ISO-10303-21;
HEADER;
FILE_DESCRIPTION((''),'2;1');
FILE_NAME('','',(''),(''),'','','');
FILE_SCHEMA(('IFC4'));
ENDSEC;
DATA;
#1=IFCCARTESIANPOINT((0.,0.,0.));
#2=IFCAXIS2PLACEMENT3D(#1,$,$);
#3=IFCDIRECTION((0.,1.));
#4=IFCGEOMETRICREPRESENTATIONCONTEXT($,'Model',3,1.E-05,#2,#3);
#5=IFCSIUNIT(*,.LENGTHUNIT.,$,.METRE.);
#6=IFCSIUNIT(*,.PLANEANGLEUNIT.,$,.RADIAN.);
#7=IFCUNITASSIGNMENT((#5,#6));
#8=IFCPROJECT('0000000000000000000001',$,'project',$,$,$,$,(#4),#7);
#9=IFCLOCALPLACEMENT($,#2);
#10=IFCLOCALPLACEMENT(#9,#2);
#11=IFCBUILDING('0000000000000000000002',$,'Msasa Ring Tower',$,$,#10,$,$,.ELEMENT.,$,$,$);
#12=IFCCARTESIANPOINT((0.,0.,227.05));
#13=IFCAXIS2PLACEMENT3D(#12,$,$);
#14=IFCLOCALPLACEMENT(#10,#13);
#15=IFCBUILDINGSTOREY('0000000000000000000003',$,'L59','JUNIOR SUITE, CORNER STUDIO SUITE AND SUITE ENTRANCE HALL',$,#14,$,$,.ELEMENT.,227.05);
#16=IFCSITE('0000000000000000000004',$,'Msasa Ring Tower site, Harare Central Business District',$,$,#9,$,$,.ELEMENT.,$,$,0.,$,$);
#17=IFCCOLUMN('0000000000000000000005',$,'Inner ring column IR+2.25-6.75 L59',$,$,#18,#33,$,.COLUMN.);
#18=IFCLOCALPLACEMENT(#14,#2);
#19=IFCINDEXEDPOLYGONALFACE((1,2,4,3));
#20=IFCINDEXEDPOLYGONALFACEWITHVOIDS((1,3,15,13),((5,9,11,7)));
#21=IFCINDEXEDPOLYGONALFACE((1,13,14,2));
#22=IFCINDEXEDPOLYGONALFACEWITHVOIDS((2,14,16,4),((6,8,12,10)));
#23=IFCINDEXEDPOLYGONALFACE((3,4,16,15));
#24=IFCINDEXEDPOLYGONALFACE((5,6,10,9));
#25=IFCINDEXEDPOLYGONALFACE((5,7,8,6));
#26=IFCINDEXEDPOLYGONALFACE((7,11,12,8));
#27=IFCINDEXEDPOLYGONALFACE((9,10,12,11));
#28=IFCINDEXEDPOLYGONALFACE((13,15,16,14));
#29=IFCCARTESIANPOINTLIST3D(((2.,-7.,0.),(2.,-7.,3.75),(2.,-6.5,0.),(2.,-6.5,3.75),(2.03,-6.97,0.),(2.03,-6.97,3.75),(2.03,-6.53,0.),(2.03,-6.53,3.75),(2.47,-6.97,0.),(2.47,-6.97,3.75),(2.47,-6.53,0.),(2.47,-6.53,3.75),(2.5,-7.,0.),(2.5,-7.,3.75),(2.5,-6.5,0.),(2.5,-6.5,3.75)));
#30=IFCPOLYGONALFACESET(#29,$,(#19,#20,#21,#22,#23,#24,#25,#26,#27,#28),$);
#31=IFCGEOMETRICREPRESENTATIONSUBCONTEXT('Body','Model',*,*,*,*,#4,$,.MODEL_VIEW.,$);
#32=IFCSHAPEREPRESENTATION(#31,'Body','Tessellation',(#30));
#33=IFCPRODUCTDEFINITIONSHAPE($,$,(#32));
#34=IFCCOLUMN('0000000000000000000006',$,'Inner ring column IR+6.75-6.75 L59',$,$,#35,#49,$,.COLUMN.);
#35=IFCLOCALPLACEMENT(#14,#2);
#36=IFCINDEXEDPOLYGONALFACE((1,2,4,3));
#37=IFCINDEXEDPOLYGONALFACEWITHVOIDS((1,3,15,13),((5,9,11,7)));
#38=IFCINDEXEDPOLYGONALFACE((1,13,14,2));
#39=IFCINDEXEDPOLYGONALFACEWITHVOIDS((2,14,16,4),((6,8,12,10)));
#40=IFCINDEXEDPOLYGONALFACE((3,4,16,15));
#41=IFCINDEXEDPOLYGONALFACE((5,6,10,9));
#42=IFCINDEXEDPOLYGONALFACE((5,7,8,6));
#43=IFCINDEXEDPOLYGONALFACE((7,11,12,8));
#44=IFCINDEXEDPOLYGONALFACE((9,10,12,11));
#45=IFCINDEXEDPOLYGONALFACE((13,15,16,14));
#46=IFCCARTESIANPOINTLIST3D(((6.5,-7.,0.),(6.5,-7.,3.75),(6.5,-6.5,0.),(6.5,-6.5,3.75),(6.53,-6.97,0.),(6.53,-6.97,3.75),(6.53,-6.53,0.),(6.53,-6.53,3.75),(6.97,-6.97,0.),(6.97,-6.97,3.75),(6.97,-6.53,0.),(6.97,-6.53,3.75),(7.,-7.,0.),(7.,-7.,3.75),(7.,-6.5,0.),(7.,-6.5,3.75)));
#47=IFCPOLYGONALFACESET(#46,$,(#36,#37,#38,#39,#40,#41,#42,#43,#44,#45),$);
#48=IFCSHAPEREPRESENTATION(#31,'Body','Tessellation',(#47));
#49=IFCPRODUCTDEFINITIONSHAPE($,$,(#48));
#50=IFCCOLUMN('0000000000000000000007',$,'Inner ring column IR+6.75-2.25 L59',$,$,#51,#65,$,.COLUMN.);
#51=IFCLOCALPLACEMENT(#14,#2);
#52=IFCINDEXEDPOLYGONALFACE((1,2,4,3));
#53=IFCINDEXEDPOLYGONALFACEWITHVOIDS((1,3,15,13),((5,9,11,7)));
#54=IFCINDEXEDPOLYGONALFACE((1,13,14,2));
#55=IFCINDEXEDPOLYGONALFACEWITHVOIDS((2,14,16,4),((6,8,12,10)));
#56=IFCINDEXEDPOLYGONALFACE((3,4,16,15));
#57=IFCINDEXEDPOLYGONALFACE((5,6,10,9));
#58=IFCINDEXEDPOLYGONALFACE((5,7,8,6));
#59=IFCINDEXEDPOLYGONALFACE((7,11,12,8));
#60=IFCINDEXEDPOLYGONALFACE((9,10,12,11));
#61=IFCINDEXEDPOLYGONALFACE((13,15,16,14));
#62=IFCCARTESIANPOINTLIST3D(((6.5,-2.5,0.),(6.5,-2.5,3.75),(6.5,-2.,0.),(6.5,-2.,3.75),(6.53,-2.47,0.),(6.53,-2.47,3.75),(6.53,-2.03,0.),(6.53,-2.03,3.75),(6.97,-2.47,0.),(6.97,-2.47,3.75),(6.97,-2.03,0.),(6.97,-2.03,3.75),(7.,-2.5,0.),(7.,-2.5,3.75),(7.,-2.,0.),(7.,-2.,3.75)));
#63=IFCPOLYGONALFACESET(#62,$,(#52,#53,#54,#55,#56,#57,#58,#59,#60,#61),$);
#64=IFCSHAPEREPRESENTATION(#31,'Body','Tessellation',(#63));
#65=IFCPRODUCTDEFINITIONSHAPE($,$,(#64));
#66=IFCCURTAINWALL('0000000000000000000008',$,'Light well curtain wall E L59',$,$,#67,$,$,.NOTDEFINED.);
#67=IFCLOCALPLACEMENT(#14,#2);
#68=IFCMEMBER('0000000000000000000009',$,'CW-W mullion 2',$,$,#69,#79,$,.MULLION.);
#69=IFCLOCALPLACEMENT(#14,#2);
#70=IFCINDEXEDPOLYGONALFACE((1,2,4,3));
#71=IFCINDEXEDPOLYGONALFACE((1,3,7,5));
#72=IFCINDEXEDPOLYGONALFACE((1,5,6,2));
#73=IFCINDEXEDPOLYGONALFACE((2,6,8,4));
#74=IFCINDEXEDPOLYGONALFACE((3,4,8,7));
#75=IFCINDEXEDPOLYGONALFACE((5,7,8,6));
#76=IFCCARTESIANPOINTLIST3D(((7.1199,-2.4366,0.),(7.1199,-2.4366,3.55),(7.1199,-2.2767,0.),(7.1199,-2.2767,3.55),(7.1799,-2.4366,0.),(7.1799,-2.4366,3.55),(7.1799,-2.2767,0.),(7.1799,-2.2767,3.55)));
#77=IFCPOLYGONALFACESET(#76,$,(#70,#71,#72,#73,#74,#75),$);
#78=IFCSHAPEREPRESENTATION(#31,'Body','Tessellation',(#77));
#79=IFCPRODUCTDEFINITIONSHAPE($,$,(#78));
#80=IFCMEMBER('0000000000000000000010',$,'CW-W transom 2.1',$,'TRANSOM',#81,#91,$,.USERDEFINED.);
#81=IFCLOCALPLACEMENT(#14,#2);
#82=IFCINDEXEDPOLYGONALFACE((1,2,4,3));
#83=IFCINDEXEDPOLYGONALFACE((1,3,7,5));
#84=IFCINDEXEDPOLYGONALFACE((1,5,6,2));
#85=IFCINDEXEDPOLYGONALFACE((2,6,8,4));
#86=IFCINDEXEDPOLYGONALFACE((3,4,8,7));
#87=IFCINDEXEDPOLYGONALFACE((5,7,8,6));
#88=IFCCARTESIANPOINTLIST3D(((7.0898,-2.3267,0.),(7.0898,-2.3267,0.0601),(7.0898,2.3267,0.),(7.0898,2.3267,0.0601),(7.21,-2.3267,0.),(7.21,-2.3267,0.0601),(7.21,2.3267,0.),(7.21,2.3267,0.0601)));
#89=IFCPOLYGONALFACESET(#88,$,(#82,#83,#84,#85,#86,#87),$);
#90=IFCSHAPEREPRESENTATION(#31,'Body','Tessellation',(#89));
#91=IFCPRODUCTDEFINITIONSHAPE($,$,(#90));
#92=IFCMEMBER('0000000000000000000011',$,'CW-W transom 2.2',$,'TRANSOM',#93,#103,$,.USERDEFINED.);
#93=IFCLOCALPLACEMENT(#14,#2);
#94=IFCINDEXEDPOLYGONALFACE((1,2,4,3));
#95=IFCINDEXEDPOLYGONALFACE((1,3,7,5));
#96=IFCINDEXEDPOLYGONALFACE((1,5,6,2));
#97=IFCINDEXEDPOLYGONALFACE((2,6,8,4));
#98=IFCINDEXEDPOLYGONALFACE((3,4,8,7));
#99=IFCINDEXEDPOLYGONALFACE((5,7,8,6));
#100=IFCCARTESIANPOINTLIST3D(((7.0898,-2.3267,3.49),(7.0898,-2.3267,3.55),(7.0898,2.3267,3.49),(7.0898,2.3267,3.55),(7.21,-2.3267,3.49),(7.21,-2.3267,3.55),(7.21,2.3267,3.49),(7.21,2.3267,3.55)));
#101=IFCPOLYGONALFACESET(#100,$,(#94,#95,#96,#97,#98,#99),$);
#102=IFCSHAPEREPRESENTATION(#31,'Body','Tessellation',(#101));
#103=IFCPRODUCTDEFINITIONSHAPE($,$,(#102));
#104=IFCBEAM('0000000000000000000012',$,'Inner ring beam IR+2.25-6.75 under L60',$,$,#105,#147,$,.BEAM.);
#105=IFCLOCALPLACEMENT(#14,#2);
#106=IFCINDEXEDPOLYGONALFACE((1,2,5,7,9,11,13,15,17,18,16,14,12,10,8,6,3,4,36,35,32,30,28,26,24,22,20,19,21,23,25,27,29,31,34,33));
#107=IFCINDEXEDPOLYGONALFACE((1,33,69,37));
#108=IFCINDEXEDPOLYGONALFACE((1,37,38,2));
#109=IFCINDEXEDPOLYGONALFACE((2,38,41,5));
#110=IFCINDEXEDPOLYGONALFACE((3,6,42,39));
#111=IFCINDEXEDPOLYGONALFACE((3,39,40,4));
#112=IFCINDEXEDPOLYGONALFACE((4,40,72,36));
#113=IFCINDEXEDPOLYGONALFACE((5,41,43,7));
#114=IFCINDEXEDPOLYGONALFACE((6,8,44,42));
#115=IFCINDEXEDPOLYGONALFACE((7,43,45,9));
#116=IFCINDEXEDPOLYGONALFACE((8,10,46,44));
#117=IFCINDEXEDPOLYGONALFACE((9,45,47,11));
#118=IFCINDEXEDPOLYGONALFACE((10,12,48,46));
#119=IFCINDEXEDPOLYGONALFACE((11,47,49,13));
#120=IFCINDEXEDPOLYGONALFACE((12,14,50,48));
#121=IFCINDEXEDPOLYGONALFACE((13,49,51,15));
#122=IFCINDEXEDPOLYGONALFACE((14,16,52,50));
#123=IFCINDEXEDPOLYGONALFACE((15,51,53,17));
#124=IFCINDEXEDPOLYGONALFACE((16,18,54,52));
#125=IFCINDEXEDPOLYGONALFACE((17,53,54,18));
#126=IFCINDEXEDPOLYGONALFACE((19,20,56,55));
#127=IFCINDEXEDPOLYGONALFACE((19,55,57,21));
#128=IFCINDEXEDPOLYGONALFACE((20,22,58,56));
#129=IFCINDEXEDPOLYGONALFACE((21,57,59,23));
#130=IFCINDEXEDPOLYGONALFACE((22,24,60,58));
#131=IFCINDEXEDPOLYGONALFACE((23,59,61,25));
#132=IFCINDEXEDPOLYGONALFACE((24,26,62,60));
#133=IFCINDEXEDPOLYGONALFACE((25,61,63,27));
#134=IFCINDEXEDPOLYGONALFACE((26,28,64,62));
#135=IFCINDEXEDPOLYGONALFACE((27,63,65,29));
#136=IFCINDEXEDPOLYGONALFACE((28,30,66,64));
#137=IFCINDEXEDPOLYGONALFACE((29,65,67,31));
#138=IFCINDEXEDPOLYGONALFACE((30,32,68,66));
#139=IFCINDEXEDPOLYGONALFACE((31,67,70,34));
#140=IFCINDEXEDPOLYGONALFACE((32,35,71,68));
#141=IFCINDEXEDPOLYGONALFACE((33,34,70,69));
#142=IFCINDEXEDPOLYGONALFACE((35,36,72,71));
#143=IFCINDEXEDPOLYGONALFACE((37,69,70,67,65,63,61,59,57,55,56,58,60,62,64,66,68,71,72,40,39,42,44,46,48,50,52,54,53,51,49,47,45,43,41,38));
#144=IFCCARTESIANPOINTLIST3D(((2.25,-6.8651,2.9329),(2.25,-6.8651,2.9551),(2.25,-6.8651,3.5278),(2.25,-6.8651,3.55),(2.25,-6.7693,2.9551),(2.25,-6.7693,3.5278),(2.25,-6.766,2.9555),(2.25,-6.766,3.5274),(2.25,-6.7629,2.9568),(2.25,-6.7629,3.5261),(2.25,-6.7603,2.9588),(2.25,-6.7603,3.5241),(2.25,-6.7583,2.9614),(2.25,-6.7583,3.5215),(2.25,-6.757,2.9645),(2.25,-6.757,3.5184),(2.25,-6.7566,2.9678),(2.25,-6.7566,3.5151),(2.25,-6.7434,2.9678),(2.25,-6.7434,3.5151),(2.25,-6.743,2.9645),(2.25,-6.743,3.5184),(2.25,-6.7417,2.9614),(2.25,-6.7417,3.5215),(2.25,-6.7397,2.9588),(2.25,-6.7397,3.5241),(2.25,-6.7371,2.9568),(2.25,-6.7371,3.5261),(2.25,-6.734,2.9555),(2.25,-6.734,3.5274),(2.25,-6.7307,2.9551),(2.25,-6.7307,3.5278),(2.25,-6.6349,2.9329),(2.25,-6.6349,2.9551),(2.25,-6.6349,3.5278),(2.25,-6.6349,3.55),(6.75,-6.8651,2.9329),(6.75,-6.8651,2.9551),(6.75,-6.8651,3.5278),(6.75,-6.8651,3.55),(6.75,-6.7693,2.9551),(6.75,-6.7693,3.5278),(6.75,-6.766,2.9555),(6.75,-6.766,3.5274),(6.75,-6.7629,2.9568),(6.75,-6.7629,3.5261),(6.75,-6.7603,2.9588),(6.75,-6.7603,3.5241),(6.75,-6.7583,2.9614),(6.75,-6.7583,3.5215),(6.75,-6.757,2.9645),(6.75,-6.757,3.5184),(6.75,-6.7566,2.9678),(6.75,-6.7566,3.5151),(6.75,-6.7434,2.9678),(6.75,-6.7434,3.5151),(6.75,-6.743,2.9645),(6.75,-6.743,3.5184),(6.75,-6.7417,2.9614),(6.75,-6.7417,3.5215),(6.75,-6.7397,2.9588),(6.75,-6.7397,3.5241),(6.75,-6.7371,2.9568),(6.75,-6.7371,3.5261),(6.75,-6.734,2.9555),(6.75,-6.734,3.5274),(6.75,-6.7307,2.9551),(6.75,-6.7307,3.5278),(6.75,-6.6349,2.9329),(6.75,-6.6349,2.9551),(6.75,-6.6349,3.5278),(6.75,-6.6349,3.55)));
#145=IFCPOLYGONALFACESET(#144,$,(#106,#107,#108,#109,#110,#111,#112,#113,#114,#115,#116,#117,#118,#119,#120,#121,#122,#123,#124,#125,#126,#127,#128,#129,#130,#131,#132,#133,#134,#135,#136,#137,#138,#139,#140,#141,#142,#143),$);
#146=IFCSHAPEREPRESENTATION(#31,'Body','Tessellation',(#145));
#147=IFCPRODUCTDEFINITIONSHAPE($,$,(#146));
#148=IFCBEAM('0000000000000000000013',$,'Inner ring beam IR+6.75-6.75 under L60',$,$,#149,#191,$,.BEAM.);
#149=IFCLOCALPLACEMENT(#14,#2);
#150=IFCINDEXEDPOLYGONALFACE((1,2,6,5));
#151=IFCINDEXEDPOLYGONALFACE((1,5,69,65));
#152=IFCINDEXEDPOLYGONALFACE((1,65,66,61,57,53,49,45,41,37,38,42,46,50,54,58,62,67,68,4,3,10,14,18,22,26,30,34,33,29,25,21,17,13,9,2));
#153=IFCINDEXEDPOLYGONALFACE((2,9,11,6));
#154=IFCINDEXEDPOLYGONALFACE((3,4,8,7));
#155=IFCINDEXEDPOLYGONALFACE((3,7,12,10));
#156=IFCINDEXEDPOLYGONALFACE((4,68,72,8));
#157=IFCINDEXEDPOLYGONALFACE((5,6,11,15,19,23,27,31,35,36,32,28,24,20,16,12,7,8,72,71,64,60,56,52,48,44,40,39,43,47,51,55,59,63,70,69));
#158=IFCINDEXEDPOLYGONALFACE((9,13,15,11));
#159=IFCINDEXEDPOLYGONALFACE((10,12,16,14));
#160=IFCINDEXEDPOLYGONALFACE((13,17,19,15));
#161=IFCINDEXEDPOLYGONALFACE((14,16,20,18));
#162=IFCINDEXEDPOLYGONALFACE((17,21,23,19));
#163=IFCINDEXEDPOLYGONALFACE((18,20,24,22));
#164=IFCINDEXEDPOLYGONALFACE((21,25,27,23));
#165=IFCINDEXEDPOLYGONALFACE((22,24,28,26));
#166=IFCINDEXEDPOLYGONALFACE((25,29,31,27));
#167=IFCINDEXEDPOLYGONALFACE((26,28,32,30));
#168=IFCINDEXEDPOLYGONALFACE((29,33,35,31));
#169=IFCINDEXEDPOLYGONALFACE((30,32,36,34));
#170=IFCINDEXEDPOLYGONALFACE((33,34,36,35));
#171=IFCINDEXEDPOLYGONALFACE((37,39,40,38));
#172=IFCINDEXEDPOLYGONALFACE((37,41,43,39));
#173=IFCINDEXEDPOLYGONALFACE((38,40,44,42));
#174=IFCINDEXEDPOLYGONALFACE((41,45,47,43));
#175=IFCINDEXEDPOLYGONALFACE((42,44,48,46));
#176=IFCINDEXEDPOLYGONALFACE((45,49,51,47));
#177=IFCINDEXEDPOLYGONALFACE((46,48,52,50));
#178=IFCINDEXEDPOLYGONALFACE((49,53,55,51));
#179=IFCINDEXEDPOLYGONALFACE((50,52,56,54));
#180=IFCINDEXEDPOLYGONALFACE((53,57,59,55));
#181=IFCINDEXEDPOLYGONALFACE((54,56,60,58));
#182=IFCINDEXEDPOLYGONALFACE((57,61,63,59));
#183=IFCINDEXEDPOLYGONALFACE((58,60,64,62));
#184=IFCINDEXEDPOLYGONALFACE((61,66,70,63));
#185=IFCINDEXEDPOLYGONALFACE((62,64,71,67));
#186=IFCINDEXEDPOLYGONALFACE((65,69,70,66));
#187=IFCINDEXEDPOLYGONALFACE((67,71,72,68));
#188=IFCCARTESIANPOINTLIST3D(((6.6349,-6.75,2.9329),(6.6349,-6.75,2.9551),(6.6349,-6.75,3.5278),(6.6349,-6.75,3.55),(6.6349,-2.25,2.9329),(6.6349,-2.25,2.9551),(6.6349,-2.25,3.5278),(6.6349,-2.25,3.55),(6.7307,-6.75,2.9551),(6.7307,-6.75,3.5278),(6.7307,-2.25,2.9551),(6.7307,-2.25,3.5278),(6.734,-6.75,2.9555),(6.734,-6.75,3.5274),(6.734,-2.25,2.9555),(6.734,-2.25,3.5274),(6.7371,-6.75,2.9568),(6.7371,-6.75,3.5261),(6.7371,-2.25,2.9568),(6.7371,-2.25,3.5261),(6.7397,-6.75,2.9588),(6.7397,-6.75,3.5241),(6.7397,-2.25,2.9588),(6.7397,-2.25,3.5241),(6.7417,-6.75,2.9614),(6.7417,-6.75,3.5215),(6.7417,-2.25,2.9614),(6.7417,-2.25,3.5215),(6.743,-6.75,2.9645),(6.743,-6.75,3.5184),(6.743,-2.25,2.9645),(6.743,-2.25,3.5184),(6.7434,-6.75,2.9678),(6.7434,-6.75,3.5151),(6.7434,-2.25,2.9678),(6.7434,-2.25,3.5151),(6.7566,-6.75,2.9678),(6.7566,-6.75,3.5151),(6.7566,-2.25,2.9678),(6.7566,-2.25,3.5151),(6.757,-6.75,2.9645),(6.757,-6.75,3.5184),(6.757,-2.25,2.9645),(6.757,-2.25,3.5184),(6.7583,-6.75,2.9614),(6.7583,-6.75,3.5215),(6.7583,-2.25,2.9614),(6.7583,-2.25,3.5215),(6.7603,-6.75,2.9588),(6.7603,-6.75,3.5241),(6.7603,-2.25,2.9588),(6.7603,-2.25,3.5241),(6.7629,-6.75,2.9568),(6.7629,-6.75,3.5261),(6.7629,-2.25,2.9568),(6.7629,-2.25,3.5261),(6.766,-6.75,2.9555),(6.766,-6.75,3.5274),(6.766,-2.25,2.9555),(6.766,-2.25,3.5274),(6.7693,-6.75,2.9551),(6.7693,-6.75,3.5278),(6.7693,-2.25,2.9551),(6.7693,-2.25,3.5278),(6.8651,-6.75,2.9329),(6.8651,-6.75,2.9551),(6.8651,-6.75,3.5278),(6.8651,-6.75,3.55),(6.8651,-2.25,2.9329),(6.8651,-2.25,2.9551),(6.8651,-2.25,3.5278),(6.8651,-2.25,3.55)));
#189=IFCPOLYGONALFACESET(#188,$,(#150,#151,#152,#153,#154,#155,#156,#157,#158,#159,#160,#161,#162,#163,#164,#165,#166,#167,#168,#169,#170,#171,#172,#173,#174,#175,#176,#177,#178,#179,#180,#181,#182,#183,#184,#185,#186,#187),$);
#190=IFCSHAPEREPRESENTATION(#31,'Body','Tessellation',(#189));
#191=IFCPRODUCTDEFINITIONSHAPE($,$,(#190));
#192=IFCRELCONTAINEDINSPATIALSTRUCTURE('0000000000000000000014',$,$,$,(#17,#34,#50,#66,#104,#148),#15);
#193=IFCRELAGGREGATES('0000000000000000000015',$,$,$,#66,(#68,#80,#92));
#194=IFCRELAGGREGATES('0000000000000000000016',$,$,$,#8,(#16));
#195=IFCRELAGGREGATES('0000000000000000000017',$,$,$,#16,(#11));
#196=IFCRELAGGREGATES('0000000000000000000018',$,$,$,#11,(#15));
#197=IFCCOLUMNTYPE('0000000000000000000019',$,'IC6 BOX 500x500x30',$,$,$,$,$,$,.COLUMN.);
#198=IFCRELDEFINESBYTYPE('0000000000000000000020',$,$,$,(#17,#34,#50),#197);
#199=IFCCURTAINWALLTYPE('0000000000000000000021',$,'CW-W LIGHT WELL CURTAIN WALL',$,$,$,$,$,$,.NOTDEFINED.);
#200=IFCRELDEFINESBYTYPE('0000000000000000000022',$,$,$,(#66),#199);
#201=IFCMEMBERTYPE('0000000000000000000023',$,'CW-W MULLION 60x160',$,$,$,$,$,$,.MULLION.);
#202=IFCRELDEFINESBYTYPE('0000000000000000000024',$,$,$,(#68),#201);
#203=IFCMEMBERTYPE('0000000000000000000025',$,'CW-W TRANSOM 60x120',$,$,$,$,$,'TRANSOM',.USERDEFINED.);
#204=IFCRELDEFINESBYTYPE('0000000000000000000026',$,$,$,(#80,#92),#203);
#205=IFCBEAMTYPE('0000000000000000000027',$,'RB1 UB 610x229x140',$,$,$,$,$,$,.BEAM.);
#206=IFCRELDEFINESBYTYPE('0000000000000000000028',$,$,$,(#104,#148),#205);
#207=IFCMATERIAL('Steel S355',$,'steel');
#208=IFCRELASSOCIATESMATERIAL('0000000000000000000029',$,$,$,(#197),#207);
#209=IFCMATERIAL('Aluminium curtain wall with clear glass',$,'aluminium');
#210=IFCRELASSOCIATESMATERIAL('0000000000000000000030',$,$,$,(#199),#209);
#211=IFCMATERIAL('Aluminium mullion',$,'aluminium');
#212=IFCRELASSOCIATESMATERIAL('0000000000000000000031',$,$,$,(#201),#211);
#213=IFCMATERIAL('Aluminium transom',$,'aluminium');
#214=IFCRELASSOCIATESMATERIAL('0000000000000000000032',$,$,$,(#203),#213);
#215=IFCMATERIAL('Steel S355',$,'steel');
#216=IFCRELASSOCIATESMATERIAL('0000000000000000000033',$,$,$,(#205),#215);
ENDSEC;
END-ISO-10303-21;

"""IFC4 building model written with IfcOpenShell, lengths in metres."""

from ifc_helpers import new_model, si_unit, direction, frame, origin, origin_2d, place, context, subcontext, project, spatial, rectangle, hollow_rectangle, i_section, extrude, material, material_profile, profile_set, type_object, element, aggregate, save


model = new_model("IFC4")

# Units and contexts
model_context = context("Model", 3, precision=1e-05, world=origin(), true_north=direction((0.0, 1.0)))
body_context = subcontext(model_context, "Body", "Model", "MODEL_VIEW")
ifc_project = project(units=[si_unit("LENGTHUNIT", "METRE"), si_unit("PLANEANGLEUNIT", "RADIAN")], contexts=[model_context])

# Site, building, storey
site_placement = place(None, origin())
site = spatial("IfcSite", under=ifc_project, at=site_placement, Name="Msasa Ring Tower site, Harare Central Business District", CompositionType="ELEMENT", RefElevation=0.0)
building_placement = place(site_placement, origin())
building = spatial("IfcBuilding", under=site, at=building_placement, Name="Msasa Ring Tower", CompositionType="ELEMENT")
storey_placement = place(building_placement, frame((0.0, 0.0, 227.05)))
storey = spatial("IfcBuildingStorey", under=building, at=storey_placement, Name="L59", Description="JUNIOR SUITE, CORNER STUDIO SUITE AND SUITE ENTRANCE HALL", CompositionType="ELEMENT", Elevation=227.05)

# Columns
ifc_material_1 = material(Name="Steel S355", Category="steel")
ifc_material_profile_1 = material_profile(ifc_material_1, hollow_rectangle(XDim=0.5, YDim=0.5, WallThickness=0.03, at=origin_2d()), Name="BOX 500x500x30")
ifc_profile_set_1 = profile_set([ifc_material_profile_1], Name="Steel S355")
column_type = type_object("IfcColumnType", Name="IC6 BOX 500x500x30", PredefinedType="COLUMN", material=ifc_profile_set_1)
for number, where, z_axis, x_axis, name in (
    (1, (2.25, -6.75, 0.0), (0.0, 0.0, 1.0), (1.0, 0.0, 0.0), "Inner ring column IR+2.25-6.75 L59"),
    (2, (6.75, -6.75, 0.0), (0.0, 0.0, 1.0), (1.0, 0.0, 0.0), "Inner ring column IR+6.75-6.75 L59"),
    (3, (6.75, -2.25, 0.0), (0.0, 0.0, 1.0), (1.0, 0.0, 0.0), "Inner ring column IR+6.75-2.25 L59"),
):
    element("IfcColumn", number, at=place(storey_placement, frame(where, z_axis=z_axis, x_axis=x_axis)), inside=storey, type_object=column_type, Name=name, PredefinedType="COLUMN", context=body_context, shape_type="SweptSolid", body=[
        extrude(hollow_rectangle(XDim=0.5, YDim=0.5, WallThickness=0.03, at=origin_2d()), origin(), (0.0, 0.0, 1.0), 3.75),
    ])

# Curtain wall, members
ifc_material_2 = material(Name="Aluminium curtain wall with clear glass", Category="aluminium")
curtain_wall_type = type_object("IfcCurtainWallType", Name="CW-W LIGHT WELL CURTAIN WALL", PredefinedType="NOTDEFINED", material=ifc_material_2)
curtain_wall_placement = place(storey_placement, origin())
curtain_wall = element("IfcCurtainWall", 4, at=curtain_wall_placement, inside=storey, type_object=curtain_wall_type, Name="Light well curtain wall E L59", PredefinedType="NOTDEFINED")
ifc_material_3 = material(Name="Aluminium mullion", Category="aluminium")
ifc_material_profile_2 = material_profile(ifc_material_3, rectangle(XDim=0.0601, YDim=0.1599, at=origin_2d()), Name="AL 60x160")
ifc_profile_set_2 = profile_set([ifc_material_profile_2], Name="Aluminium mullion")
member_type_1 = type_object("IfcMemberType", Name="CW-W MULLION 60x160", PredefinedType="MULLION", material=ifc_profile_set_2)
member_1_placement = place(storey_placement, frame((7.1499, -2.3567, 0.0), z_axis=(0.0, 0.0, 1.0), x_axis=(-1.0, 0.0, 0.0)))
member_1 = element("IfcMember", 5, at=member_1_placement, type_object=member_type_1, Name="CW-W mullion 2", PredefinedType="MULLION", context=body_context, shape_type="SweptSolid", body=[
    extrude(rectangle(XDim=0.0601, YDim=0.1599, at=origin_2d()), origin(), (0.0, 0.0, 1.0), 3.55),
])
ifc_material_4 = material(Name="Aluminium transom", Category="aluminium")
ifc_material_profile_3 = material_profile(ifc_material_4, rectangle(XDim=0.1201, YDim=0.0601, at=origin_2d()), Name="AL 60x120")
ifc_profile_set_3 = profile_set([ifc_material_profile_3], Name="Aluminium transom")
member_type_2 = type_object("IfcMemberType", Name="CW-W TRANSOM 60x120", ElementType="TRANSOM", PredefinedType="USERDEFINED", material=ifc_profile_set_3)
member_2_placement = place(storey_placement, frame((7.1499, -2.3267, 0.03), z_axis=(0.0, 1.0, 0.0), x_axis=(-1.0, 0.0, 0.0)))
member_2 = element("IfcMember", 6, at=member_2_placement, type_object=member_type_2, Name="CW-W transom 2.1", ObjectType="TRANSOM", PredefinedType="USERDEFINED", context=body_context, shape_type="SweptSolid", body=[
    extrude(rectangle(XDim=0.1201, YDim=0.0601, at=origin_2d()), origin(), (0.0, 0.0, 1.0), 4.6533),
])
member_3_placement = place(storey_placement, frame((7.1499, -2.3267, 3.52), z_axis=(0.0, 1.0, 0.0), x_axis=(-1.0, 0.0, 0.0)))
member_3 = element("IfcMember", 7, at=member_3_placement, type_object=member_type_2, Name="CW-W transom 2.2", ObjectType="TRANSOM", PredefinedType="USERDEFINED", context=body_context, shape_type="SweptSolid", body=[
    extrude(rectangle(XDim=0.1201, YDim=0.0601, at=origin_2d()), origin(), (0.0, 0.0, 1.0), 4.6533),
])

# Beams
ifc_material_5 = material(Name="Steel S355", Category="steel")
ifc_material_profile_4 = material_profile(ifc_material_5, i_section(OverallWidth=0.2302, OverallDepth=0.6172, WebThickness=0.0132, FlangeThickness=0.0222, FilletRadius=0.0127, at=origin_2d()), Name="UB 610x229x140")
ifc_profile_set_4 = profile_set([ifc_material_profile_4], Name="Steel S355")
beam_type = type_object("IfcBeamType", Name="RB1 UB 610x229x140", PredefinedType="BEAM", material=ifc_profile_set_4)
for number, where, z_axis, x_axis, name in (
    (8, (2.25, -6.75, 3.2415), (1.0, 0.0, 0.0), (0.0, 1.0, 0.0), "Inner ring beam IR+2.25-6.75 under L60"),
    (9, (6.75, -6.75, 3.2415), (0.0, 1.0, 0.0), (-1.0, 0.0, 0.0), "Inner ring beam IR+6.75-6.75 under L60"),
):
    element("IfcBeam", number, at=place(storey_placement, frame(where, z_axis=z_axis, x_axis=x_axis)), inside=storey, type_object=beam_type, Name=name, PredefinedType="BEAM", context=body_context, shape_type="SweptSolid", body=[
        extrude(i_section(OverallWidth=0.2302, OverallDepth=0.6172, WebThickness=0.0132, FlangeThickness=0.0222, FilletRadius=0.0127, at=origin_2d()), origin(), (0.0, 0.0, 1.0), 4.5),
    ])

aggregate(curtain_wall, [member_1, member_2, member_3])

save(model, "model.ifc")
